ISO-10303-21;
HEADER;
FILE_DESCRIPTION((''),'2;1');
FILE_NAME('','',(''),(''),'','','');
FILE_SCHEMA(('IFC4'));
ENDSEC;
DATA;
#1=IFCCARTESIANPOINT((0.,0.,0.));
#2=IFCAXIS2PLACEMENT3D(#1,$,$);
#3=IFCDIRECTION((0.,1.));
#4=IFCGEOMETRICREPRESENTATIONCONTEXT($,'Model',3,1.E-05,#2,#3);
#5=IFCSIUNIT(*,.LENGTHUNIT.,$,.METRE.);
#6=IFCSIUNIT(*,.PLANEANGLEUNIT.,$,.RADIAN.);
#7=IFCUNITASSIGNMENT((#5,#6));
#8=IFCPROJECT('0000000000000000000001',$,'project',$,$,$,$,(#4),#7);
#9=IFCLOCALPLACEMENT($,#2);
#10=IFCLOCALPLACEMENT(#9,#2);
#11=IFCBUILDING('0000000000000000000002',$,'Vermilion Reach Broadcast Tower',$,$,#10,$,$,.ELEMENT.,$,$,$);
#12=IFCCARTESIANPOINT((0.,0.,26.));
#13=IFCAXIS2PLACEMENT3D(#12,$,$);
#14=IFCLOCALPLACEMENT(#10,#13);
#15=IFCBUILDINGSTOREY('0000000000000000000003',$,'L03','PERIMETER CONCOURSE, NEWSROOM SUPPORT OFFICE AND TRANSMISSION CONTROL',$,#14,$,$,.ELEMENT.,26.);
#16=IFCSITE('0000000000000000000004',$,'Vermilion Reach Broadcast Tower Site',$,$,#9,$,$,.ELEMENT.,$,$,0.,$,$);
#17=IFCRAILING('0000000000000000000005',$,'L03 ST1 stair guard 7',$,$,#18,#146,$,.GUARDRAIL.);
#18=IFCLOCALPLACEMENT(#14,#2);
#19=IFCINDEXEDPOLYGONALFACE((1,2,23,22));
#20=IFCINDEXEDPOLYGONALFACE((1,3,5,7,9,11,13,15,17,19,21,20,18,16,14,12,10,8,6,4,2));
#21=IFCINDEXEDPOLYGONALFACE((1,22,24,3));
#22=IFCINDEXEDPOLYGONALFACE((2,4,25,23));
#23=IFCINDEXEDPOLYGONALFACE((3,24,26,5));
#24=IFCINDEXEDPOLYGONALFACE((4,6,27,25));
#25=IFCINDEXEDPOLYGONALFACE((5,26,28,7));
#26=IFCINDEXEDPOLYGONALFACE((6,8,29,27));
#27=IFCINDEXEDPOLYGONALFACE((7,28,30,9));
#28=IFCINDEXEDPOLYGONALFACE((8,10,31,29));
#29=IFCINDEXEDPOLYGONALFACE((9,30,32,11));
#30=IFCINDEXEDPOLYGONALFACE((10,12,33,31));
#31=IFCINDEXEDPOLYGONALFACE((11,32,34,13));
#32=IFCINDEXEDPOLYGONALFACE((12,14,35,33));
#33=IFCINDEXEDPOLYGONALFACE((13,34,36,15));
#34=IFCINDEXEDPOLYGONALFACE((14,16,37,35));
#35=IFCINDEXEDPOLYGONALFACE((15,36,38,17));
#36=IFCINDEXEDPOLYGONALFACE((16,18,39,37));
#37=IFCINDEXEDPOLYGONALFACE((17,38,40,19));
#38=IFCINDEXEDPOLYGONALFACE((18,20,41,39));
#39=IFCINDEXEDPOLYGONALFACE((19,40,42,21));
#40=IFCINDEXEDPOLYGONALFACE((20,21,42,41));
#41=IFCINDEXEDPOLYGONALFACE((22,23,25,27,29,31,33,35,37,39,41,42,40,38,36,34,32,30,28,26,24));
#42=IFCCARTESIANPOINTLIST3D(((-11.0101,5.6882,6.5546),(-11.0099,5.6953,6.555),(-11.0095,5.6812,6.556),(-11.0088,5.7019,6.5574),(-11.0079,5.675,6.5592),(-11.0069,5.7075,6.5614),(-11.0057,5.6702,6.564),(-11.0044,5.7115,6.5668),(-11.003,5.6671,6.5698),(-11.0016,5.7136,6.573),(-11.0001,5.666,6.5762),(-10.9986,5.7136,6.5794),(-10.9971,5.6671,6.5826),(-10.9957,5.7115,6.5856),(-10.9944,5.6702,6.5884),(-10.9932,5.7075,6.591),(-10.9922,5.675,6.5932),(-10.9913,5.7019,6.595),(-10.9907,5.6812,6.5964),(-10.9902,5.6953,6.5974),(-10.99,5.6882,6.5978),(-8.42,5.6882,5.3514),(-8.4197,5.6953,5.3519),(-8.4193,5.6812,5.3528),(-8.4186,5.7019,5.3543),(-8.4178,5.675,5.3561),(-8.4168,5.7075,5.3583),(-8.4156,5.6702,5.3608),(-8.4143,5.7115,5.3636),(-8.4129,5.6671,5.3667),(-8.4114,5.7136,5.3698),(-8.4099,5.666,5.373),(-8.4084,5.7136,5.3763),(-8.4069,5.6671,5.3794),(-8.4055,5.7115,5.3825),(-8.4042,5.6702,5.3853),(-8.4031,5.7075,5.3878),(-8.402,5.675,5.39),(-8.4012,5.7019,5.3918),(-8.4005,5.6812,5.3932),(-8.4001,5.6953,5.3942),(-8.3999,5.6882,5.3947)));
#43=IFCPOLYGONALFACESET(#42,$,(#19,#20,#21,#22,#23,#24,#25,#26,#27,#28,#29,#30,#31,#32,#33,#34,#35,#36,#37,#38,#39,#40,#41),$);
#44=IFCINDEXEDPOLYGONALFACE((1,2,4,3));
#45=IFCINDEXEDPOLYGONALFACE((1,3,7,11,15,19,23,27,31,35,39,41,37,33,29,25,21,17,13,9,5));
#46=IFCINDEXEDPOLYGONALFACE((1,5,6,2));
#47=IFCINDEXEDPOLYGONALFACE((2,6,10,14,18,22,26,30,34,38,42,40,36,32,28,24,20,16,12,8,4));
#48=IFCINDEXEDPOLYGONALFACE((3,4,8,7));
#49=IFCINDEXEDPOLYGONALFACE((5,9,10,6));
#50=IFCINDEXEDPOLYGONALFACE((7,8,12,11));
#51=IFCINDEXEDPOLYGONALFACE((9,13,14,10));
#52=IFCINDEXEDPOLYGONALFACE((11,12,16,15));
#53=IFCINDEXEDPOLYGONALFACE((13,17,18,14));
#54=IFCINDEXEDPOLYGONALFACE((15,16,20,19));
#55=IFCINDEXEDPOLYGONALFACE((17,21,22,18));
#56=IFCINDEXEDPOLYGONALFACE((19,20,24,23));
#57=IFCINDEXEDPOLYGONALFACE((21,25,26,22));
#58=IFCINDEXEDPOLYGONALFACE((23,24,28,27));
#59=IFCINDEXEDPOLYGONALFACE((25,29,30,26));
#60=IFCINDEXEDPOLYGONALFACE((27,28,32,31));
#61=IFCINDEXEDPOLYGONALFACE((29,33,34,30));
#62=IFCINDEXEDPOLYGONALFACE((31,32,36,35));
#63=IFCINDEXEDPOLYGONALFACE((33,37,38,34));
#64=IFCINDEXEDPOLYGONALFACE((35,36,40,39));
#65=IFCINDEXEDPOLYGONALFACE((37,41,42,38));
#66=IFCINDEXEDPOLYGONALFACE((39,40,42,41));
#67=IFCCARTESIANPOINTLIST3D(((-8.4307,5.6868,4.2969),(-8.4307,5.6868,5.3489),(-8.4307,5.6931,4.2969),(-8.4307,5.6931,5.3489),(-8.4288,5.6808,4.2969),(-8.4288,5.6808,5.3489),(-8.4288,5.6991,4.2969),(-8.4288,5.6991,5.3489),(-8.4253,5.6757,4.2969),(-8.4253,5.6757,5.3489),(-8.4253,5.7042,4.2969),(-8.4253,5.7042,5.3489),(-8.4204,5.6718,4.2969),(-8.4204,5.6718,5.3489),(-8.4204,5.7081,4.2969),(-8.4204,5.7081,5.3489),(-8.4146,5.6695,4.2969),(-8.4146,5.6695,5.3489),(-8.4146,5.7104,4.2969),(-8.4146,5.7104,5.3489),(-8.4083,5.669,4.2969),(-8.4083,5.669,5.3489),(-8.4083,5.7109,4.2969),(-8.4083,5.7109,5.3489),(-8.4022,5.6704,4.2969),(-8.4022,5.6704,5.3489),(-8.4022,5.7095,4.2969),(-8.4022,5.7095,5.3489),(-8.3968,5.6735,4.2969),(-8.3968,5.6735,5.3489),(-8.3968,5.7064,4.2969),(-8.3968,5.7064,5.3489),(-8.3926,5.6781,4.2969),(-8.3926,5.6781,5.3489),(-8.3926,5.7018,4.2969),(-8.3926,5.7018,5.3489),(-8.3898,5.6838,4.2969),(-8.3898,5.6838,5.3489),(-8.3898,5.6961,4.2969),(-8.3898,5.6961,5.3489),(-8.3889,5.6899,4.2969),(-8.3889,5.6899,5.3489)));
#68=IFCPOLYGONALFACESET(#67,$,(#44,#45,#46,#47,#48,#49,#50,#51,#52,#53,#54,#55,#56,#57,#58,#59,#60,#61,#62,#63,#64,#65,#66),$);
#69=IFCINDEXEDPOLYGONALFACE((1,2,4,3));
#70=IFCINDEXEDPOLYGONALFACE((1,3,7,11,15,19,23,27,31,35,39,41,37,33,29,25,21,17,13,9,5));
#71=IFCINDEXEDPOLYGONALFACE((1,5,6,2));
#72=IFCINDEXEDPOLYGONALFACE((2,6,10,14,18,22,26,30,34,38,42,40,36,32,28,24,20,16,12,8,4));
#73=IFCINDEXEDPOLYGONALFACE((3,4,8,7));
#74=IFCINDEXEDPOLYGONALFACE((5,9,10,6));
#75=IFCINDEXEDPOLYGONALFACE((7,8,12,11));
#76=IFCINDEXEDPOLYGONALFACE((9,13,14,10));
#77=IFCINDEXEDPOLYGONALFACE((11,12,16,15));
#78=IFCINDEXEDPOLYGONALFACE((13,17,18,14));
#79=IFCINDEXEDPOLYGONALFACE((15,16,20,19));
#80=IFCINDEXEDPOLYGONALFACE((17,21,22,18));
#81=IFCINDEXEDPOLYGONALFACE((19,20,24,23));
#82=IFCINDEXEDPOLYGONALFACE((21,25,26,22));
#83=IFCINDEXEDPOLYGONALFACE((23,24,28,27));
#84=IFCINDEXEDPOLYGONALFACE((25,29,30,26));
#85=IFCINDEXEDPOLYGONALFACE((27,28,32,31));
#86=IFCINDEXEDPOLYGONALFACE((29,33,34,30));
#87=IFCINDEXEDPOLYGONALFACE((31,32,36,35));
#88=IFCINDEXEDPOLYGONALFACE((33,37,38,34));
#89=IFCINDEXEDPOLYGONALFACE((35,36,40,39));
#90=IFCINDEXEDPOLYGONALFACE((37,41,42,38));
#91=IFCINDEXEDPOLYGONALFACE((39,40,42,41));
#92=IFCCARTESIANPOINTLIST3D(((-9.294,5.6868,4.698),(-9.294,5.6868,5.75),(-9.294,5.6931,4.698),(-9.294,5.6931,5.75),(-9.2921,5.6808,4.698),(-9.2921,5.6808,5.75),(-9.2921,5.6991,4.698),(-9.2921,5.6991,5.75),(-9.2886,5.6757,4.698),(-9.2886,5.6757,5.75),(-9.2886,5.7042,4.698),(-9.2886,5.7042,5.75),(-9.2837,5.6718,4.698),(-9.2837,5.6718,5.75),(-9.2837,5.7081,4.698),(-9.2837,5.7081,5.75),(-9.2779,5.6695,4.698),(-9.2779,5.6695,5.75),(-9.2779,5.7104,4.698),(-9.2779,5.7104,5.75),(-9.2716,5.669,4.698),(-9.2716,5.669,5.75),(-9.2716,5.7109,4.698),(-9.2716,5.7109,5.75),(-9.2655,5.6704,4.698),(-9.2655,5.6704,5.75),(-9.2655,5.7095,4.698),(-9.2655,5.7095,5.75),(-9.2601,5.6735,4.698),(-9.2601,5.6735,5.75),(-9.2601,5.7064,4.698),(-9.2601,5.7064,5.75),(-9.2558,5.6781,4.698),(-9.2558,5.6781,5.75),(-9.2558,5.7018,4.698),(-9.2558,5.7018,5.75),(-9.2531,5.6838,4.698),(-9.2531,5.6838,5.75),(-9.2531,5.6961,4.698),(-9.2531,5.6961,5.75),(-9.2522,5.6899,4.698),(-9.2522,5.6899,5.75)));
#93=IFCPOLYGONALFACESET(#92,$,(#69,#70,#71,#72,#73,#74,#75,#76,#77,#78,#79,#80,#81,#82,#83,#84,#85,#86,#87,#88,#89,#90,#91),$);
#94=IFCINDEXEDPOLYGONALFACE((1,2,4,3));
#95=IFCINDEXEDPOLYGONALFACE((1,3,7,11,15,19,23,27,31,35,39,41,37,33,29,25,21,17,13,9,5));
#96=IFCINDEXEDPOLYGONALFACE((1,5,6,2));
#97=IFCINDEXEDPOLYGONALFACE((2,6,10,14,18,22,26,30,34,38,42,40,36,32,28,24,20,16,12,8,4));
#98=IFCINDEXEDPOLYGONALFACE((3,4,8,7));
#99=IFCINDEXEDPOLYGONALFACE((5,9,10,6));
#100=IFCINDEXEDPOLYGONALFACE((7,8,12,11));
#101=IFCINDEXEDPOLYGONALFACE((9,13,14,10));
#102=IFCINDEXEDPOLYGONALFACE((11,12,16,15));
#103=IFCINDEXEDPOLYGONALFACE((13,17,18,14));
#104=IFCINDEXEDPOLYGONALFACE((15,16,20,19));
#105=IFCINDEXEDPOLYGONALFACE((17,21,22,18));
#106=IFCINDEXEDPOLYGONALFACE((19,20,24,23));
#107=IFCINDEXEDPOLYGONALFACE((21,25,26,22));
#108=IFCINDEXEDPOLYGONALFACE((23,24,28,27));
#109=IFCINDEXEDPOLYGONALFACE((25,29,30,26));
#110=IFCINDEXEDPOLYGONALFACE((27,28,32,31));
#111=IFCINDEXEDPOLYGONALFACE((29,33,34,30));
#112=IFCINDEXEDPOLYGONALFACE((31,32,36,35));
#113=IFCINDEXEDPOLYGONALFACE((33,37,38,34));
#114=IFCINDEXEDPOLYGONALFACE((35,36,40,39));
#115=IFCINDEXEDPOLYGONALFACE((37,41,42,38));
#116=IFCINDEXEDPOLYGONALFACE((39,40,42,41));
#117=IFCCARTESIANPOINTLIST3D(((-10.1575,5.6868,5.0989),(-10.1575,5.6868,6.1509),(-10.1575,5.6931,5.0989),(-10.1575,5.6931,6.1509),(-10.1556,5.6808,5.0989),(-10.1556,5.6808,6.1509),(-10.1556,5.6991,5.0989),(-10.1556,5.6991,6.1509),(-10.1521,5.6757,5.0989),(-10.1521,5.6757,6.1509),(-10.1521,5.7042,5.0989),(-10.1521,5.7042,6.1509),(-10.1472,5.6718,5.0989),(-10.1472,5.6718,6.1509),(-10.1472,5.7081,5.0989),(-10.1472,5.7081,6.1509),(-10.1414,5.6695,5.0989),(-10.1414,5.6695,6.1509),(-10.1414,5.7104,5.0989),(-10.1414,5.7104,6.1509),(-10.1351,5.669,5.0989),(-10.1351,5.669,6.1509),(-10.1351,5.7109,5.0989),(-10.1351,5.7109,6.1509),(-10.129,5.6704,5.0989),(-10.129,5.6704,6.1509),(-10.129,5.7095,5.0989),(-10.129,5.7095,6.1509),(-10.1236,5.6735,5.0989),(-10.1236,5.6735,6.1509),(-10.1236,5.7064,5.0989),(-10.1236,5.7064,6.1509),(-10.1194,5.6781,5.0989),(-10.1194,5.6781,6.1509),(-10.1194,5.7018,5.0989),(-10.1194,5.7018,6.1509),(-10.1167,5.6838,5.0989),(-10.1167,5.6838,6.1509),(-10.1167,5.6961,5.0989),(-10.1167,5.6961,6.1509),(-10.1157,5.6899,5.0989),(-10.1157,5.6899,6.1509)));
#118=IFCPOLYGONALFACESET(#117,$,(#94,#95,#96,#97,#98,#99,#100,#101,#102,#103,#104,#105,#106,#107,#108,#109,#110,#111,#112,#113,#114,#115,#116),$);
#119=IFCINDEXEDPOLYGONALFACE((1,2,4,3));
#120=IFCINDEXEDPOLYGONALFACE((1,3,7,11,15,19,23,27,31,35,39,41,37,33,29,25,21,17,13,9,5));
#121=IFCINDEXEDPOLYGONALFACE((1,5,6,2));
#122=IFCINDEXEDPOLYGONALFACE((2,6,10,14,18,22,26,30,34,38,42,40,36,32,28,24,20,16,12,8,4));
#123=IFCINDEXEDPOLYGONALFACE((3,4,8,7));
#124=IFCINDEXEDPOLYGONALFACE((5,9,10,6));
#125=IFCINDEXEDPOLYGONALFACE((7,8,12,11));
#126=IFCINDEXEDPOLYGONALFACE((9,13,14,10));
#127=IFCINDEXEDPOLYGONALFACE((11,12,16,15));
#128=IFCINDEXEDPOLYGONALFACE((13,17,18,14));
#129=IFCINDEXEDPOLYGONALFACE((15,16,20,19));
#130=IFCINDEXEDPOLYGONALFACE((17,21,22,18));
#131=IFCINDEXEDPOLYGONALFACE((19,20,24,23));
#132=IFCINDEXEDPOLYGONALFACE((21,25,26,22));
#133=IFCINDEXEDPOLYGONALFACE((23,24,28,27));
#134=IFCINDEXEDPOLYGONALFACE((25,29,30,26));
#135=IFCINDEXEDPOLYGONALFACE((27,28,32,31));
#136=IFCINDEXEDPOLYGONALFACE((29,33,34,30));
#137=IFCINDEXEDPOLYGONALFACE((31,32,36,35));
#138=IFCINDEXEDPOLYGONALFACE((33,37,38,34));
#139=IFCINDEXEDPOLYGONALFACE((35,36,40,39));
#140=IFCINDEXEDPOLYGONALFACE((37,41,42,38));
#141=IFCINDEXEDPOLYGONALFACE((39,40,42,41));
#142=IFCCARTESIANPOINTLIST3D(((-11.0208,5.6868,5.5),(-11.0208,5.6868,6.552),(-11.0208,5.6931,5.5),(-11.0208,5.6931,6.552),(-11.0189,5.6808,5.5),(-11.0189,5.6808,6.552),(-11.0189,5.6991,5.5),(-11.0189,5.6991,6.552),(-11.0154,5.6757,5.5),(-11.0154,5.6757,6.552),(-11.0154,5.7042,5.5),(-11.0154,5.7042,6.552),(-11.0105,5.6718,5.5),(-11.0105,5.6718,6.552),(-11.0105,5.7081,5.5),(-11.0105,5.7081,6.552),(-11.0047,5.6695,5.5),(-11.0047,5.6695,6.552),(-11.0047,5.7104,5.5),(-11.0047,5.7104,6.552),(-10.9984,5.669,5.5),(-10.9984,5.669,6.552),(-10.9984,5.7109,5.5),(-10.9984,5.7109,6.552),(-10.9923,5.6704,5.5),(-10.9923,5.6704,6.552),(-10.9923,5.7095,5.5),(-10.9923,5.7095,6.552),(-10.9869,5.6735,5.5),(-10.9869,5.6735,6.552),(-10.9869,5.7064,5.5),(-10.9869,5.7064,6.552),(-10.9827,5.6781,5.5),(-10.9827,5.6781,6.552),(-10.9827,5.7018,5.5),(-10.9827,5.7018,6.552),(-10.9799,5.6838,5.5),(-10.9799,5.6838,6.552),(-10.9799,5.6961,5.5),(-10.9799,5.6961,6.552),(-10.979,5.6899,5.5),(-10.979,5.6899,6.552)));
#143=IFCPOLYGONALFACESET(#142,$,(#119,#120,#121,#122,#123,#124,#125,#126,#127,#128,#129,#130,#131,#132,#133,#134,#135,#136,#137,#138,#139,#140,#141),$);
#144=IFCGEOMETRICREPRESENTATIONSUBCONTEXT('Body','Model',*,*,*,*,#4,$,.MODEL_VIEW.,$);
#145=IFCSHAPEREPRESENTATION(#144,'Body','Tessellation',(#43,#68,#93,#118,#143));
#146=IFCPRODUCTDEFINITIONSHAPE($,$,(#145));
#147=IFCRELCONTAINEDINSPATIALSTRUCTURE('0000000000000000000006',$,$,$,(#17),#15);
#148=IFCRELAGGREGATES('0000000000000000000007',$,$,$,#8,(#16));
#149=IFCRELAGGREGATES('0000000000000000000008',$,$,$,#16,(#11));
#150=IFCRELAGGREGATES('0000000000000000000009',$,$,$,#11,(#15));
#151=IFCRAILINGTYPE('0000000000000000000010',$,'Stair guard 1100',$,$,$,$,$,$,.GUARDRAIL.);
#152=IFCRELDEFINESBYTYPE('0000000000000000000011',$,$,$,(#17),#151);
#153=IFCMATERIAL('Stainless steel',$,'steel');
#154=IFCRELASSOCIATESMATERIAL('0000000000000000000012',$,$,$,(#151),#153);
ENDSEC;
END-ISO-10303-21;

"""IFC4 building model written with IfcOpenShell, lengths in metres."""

from ifc_helpers import new_model, si_unit, direction, frame, origin, origin_2d, place, context, subcontext, project, spatial, circle, extrude, material, type_object, element, save


model = new_model("IFC4")

# Units and contexts
model_context = context("Model", 3, precision=1e-05, world=origin(), true_north=direction((0.0, 1.0)))
body_context = subcontext(model_context, "Body", "Model", "MODEL_VIEW")
ifc_project = project(units=[si_unit("LENGTHUNIT", "METRE"), si_unit("PLANEANGLEUNIT", "RADIAN")], contexts=[model_context])

# Site, building, storey
site_placement = place(None, origin())
site = spatial("IfcSite", under=ifc_project, at=site_placement, Name="Vermilion Reach Broadcast Tower Site", CompositionType="ELEMENT", RefElevation=0.0)
building_placement = place(site_placement, origin())
building = spatial("IfcBuilding", under=site, at=building_placement, Name="Vermilion Reach Broadcast Tower", CompositionType="ELEMENT")
storey_placement = place(building_placement, frame((0.0, 0.0, 26.0)))
storey = spatial("IfcBuildingStorey", under=building, at=storey_placement, Name="L03", Description="PERIMETER CONCOURSE, NEWSROOM SUPPORT OFFICE AND TRANSMISSION CONTROL", CompositionType="ELEMENT", Elevation=26.0)

# Railing
ifc_material_1 = material(Name="Stainless steel", Category="steel")
railing_type_1 = type_object("IfcRailingType", Name="Stair guard 1100", PredefinedType="GUARDRAIL", material=ifc_material_1)
railing_1_placement = place(storey_placement, frame((-8.4099, 5.6899, 4.2969)))
element("IfcRailing", 1, at=railing_1_placement, inside=storey, type_object=railing_type_1, Name="L03 ST1 stair guard 7", PredefinedType="GUARDRAIL", context=body_context, shape_type="SweptSolid", body=[
    extrude(circle(Radius=0.0239, at=origin_2d()), frame((0.0, 0.0, 1.0762), z_axis=(-0.906931, 0.0, 0.42128), x_axis=(0.0, -1.0, 0.0)), (0.0, 0.0, 1.0), 2.856),
    extrude(circle(Radius=0.021, at=origin_2d()), origin(), (0.0, 0.0, 1.0), 1.052),
    extrude(circle(Radius=0.021, at=origin_2d()), frame((-0.8633, 0.0, 0.4011)), (0.0, 0.0, 1.0), 1.052),
    extrude(circle(Radius=0.021, at=origin_2d()), frame((-1.7268, 0.0, 0.802)), (0.0, 0.0, 1.0), 1.052),
    extrude(circle(Radius=0.021, at=origin_2d()), frame((-2.5901, 0.0, 1.2031)), (0.0, 0.0, 1.0), 1.052),
])

save(model, "model.ifc")
